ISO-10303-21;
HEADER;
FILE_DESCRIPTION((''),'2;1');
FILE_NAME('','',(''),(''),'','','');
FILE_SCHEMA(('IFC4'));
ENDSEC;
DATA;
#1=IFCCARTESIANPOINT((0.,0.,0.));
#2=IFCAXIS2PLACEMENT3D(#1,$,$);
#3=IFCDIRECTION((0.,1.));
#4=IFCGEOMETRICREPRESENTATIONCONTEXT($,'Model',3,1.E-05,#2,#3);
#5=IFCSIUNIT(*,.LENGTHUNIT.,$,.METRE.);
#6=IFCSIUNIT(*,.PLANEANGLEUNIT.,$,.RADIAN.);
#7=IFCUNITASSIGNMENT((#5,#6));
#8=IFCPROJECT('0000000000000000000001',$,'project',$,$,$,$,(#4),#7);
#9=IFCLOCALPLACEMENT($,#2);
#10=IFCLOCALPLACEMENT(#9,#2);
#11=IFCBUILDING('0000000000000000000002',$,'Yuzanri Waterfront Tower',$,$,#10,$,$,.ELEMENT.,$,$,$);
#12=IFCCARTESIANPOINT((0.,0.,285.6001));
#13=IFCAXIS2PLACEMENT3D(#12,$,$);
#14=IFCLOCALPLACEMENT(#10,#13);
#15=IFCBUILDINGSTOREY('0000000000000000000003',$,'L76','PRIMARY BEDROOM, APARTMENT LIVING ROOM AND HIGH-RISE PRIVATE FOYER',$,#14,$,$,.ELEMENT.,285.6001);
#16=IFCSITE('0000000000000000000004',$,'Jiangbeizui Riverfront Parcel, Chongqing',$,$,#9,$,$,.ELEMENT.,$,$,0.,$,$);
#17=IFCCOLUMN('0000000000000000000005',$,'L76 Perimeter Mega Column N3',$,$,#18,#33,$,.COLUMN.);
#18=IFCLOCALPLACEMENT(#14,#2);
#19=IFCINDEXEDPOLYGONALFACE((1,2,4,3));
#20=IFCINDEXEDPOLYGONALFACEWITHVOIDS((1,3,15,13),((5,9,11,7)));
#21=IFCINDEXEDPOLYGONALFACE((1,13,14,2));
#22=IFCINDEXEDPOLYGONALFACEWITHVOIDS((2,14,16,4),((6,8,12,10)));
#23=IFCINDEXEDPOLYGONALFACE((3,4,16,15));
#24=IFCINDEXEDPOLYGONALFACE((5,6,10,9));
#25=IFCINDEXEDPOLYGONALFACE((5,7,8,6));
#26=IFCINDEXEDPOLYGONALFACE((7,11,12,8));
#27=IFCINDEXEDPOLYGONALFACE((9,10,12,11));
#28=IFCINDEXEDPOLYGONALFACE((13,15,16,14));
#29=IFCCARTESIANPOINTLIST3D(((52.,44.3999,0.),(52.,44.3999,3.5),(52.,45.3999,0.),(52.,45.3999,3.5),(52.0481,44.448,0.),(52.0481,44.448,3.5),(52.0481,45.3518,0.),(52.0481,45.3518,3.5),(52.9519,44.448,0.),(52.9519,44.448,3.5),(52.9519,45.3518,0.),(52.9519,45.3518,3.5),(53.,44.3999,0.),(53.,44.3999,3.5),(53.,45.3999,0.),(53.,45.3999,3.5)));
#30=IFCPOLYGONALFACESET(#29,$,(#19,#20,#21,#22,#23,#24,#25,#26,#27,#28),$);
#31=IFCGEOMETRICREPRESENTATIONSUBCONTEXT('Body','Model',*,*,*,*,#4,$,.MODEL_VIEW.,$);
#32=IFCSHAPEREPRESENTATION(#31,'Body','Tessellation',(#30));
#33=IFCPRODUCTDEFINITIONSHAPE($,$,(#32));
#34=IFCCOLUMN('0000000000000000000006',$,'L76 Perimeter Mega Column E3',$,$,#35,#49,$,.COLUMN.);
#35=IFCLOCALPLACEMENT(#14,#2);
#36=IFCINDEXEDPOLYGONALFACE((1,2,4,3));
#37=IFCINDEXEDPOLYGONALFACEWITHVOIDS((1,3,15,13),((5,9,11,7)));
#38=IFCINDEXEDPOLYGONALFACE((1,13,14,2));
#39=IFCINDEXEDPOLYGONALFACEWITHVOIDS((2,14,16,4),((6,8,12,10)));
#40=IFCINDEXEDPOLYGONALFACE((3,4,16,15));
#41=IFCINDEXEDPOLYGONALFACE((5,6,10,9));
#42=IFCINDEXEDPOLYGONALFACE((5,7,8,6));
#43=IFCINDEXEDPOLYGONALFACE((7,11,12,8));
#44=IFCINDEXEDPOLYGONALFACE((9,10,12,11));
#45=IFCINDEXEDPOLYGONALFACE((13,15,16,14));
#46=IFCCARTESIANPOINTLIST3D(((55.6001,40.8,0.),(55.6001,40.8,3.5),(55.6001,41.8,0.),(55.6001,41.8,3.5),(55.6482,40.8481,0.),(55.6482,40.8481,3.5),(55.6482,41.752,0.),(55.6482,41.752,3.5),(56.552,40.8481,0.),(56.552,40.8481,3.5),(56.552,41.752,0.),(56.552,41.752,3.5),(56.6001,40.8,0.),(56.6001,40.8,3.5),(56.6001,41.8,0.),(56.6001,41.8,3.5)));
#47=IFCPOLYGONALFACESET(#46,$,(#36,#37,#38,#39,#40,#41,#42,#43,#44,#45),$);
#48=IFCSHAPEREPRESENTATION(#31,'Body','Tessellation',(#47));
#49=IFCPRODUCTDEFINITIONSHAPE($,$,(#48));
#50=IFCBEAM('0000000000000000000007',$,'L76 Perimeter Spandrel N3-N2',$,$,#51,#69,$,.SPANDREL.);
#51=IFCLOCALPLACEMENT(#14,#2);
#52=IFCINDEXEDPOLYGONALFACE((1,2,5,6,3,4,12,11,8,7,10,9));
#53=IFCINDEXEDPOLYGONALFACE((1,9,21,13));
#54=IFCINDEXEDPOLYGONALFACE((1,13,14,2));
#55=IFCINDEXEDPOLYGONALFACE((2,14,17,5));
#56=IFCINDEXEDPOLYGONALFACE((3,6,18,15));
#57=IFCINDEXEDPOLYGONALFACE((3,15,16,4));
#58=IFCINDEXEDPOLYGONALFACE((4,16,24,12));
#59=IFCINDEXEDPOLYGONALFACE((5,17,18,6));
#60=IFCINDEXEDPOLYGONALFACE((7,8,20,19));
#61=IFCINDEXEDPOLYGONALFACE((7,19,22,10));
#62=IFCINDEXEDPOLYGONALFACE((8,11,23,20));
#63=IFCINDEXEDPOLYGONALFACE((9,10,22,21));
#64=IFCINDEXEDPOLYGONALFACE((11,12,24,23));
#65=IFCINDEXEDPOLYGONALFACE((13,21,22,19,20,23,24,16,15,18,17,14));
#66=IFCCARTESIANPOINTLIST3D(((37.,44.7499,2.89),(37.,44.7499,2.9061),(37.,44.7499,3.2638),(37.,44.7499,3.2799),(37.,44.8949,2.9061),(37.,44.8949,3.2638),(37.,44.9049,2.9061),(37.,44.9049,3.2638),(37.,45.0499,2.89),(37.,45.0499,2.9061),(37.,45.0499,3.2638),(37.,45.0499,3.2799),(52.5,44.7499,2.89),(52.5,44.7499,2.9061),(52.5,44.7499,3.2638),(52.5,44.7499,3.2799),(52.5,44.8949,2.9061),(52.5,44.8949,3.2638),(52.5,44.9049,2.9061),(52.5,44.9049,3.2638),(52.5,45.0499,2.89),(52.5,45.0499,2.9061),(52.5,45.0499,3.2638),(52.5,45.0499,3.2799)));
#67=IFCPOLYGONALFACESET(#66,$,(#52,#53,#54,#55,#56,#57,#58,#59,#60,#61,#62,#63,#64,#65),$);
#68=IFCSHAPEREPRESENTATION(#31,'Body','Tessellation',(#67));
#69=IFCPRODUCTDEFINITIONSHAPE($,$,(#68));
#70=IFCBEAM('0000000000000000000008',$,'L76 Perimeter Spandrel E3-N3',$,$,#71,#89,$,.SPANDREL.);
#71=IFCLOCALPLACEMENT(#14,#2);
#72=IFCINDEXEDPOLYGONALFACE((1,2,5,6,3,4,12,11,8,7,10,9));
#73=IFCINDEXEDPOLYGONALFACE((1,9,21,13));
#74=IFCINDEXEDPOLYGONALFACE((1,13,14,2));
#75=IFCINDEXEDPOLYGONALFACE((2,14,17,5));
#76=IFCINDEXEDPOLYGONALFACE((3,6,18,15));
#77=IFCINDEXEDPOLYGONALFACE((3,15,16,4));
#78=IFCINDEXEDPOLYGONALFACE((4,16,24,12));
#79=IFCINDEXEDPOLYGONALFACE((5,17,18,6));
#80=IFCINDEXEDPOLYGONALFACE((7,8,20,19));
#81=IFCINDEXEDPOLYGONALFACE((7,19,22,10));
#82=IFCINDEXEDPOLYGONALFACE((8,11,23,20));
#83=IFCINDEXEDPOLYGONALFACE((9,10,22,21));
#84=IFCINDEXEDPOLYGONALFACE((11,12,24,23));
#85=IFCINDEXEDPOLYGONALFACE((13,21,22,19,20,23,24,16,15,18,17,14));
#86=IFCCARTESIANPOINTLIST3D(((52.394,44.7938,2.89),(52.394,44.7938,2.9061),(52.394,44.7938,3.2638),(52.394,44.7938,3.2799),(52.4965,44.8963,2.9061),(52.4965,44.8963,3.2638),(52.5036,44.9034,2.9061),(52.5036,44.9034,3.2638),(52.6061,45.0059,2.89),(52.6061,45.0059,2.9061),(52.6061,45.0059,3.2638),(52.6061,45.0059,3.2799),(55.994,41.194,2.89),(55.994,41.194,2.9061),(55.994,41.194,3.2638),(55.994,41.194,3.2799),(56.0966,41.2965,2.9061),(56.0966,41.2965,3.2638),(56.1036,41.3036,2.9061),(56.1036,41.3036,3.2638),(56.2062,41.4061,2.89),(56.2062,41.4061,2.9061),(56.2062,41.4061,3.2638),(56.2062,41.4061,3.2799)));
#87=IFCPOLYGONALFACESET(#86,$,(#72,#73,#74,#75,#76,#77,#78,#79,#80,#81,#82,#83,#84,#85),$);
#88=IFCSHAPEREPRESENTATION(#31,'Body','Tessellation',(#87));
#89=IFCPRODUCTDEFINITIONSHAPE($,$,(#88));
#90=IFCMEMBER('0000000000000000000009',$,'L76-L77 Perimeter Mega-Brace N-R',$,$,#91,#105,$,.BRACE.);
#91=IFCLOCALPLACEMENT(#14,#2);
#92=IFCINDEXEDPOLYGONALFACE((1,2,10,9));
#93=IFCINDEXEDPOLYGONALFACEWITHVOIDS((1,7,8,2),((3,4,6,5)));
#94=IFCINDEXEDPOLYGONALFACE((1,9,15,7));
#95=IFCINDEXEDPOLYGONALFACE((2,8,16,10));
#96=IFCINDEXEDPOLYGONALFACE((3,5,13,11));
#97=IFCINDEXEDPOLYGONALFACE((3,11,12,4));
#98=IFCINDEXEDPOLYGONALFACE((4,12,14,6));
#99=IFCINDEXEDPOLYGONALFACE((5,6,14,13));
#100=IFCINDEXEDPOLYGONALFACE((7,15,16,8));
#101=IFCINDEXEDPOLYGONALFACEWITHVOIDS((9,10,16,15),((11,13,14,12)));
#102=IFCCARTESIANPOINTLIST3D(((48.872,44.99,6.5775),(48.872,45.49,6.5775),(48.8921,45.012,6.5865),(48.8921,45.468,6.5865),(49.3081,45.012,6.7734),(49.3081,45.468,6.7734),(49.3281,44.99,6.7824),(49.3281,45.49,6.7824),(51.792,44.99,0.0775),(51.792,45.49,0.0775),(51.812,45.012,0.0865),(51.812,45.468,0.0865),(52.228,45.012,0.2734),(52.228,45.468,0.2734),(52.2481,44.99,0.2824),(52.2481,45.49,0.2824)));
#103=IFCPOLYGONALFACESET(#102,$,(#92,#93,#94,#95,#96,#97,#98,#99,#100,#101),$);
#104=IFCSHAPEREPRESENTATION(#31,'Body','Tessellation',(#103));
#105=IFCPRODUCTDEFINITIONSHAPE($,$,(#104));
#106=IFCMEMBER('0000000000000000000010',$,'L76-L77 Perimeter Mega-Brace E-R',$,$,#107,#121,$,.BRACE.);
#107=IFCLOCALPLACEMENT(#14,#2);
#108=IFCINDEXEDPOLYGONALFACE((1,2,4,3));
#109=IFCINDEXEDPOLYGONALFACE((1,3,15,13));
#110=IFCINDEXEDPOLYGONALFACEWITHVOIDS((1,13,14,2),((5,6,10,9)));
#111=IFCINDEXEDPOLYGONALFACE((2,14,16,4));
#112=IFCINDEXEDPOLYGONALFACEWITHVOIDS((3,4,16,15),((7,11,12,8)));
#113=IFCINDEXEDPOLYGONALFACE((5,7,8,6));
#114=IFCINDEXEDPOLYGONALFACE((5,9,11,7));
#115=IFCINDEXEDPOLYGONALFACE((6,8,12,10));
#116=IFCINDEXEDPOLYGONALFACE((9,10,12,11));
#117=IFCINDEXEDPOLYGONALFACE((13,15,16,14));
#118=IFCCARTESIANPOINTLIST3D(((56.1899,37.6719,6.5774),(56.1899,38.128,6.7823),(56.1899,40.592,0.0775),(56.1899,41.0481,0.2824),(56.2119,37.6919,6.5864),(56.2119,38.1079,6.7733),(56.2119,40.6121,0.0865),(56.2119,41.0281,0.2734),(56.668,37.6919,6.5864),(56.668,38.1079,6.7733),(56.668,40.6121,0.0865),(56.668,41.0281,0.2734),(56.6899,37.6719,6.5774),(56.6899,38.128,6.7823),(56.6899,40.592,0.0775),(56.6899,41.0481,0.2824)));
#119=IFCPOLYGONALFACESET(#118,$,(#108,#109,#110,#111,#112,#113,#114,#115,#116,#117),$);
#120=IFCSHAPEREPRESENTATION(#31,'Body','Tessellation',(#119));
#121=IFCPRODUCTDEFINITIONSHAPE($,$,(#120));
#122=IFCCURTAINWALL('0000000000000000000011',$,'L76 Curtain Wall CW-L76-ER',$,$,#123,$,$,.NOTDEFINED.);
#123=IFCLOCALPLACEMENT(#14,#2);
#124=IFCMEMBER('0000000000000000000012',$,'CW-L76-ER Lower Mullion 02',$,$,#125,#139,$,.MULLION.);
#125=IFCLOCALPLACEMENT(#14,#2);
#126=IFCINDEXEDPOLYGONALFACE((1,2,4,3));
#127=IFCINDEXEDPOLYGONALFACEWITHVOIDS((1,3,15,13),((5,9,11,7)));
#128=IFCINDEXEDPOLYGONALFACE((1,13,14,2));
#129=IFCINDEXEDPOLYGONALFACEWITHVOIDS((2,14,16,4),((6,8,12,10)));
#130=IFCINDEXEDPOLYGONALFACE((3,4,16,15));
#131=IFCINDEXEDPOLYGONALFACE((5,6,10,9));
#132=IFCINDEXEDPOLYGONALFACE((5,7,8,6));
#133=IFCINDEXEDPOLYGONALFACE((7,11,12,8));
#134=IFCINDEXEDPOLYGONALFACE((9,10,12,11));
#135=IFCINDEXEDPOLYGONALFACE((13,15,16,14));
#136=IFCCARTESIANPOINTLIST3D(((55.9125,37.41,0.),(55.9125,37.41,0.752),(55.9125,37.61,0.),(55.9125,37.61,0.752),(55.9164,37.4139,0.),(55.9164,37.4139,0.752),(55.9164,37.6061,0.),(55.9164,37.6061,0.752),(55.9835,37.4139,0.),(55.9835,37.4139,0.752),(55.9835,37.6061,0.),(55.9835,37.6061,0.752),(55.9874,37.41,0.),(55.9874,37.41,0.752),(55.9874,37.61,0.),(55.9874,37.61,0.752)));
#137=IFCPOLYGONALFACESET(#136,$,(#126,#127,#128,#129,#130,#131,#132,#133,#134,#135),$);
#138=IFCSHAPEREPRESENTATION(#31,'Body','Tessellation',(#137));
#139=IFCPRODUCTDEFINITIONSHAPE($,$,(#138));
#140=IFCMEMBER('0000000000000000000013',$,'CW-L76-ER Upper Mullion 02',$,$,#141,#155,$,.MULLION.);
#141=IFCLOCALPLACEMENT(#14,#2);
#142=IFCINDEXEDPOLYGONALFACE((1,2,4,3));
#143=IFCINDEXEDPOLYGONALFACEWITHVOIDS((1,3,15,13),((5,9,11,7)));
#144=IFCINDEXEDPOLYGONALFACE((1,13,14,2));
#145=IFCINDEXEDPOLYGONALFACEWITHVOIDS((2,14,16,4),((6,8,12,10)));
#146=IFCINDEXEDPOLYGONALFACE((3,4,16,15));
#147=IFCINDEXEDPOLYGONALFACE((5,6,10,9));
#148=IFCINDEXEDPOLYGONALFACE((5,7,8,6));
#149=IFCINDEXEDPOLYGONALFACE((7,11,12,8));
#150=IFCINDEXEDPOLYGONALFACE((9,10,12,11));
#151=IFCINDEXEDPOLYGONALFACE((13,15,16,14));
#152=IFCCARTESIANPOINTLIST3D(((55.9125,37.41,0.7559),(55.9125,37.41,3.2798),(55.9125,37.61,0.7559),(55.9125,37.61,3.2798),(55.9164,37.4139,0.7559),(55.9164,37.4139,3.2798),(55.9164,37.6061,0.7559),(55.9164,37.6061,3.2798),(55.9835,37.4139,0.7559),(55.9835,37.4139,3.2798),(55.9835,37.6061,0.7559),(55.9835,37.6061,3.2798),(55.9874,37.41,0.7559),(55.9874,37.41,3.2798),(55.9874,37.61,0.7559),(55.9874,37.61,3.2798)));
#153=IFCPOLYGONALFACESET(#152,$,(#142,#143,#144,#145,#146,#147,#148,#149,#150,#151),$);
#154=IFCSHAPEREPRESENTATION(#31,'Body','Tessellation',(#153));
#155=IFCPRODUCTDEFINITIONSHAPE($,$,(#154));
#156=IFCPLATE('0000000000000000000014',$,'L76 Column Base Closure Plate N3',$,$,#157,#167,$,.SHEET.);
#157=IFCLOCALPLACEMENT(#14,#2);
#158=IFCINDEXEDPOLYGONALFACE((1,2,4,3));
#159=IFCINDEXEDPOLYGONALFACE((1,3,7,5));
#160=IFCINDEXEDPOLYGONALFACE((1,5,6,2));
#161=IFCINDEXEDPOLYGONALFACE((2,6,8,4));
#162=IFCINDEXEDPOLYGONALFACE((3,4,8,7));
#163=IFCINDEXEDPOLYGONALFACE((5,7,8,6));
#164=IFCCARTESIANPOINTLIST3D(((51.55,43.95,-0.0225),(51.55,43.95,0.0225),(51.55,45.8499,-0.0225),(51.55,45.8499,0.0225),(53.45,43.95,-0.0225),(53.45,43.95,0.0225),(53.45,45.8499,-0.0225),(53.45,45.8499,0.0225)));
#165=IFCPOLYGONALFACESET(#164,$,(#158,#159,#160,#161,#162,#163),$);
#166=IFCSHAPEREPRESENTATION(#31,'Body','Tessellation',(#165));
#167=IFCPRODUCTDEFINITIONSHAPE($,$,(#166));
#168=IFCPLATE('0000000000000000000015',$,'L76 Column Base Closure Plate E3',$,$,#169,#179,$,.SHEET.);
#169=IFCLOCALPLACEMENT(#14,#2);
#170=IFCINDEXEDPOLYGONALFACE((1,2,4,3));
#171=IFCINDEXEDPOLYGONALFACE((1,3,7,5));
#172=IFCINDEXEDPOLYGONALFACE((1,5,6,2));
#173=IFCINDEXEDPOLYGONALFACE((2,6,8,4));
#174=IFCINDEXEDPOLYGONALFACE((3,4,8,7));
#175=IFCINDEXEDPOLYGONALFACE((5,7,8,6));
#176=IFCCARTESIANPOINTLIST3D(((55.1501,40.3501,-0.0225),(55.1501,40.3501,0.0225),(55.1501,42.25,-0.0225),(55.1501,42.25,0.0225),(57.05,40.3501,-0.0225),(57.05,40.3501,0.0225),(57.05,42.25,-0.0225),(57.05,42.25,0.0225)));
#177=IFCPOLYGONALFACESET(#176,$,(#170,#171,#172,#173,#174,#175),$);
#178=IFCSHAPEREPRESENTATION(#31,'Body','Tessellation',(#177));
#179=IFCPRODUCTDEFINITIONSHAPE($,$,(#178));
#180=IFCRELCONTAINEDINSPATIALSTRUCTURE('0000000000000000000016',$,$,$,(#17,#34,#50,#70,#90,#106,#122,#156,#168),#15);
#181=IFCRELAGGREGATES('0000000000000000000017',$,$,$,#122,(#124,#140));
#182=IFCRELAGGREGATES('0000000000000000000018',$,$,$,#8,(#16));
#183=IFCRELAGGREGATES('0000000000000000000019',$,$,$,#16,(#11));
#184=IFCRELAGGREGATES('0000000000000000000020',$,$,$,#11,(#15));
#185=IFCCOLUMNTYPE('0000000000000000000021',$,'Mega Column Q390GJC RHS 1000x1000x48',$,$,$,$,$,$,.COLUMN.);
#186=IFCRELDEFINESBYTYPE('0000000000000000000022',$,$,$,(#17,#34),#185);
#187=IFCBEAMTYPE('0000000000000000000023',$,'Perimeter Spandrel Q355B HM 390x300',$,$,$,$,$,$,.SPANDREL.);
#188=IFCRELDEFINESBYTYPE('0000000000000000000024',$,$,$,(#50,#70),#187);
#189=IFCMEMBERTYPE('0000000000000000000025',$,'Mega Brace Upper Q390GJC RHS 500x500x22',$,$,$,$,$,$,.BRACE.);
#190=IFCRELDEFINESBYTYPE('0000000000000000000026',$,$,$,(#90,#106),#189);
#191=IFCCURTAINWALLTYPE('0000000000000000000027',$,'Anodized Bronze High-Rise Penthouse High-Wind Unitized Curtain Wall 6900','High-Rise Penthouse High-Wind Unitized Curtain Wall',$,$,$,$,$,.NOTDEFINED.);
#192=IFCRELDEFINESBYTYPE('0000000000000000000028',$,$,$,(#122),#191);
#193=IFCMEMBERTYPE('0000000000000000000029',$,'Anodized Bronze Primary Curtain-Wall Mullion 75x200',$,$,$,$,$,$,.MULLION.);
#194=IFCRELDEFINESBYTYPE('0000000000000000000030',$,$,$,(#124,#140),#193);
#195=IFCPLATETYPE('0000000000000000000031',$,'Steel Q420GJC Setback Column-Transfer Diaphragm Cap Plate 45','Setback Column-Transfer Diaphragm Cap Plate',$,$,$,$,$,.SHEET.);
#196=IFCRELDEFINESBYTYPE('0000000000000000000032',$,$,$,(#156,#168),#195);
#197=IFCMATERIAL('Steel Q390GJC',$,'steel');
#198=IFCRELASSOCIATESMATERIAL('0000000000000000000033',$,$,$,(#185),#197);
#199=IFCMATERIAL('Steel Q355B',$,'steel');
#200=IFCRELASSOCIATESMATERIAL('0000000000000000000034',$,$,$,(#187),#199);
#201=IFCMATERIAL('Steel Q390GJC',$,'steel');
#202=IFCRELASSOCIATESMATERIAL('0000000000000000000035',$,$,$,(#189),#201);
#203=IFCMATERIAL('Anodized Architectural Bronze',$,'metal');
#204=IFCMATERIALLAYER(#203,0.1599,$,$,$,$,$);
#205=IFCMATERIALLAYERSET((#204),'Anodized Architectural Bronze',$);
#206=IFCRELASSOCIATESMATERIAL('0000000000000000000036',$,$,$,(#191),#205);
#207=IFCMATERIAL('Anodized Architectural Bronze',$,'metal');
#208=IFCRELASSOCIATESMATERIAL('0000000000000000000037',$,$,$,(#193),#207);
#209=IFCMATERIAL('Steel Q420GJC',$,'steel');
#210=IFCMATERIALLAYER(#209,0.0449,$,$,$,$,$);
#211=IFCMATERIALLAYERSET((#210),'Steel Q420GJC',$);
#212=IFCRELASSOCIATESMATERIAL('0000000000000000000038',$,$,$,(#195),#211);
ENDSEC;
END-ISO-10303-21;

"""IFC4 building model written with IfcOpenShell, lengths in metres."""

from ifc_helpers import new_model, si_unit, direction, frame, origin, origin_2d, place, context, subcontext, project, spatial, rectangle, hollow_rectangle, i_section, extrude, source, transform, mapped, material, layer, layer_set, material_profile, profile_set, type_object, element, aggregate, save


model = new_model("IFC4")

# Units and contexts
model_context = context("Model", 3, precision=1e-05, world=origin(), true_north=direction((0.0, 1.0)))
body_context = subcontext(model_context, "Body", "Model", "MODEL_VIEW")
ifc_project = project(units=[si_unit("LENGTHUNIT", "METRE"), si_unit("PLANEANGLEUNIT", "RADIAN")], contexts=[model_context])

# Site, building, storey
site_placement = place(None, origin())
site = spatial("IfcSite", under=ifc_project, at=site_placement, Name="Jiangbeizui Riverfront Parcel, Chongqing", CompositionType="ELEMENT", RefElevation=0.0)
building_placement = place(site_placement, origin())
building = spatial("IfcBuilding", under=site, at=building_placement, Name="Yuzanri Waterfront Tower", CompositionType="ELEMENT")
storey_placement = place(building_placement, frame((0.0, 0.0, 285.6001)))
storey = spatial("IfcBuildingStorey", under=building, at=storey_placement, Name="L76", Description="PRIMARY BEDROOM, APARTMENT LIVING ROOM AND HIGH-RISE PRIVATE FOYER", CompositionType="ELEMENT", Elevation=285.6001)

# Columns
ifc_material_1 = material(Name="Steel Q390GJC", Category="steel")
ifc_material_profile_1 = material_profile(ifc_material_1, hollow_rectangle(XDim=1.0, YDim=1.0, WallThickness=0.0481, at=origin_2d()), Name="RHS 1000x1000x48")
ifc_profile_set_1 = profile_set([ifc_material_profile_1], Name="Steel Q390GJC")
column_type = type_object("IfcColumnType", Name="Mega Column Q390GJC RHS 1000x1000x48", PredefinedType="COLUMN", material=ifc_profile_set_1)
shared_shape_1 = source(origin(), body_context, "Body", "SweptSolid", [
    extrude(hollow_rectangle(XDim=1.0, YDim=1.0, WallThickness=0.0481, at=origin_2d()), origin(), (0.0, 0.0, 1.0), 3.5),
])
for number, where, z_axis, x_axis, name in (
    (1, (52.5, 44.8999, 0.0), (0.0, 0.0, 1.0), (1.0, 0.0, 0.0), "L76 Perimeter Mega Column N3"),
    (2, (56.1001, 41.3, 0.0), (0.0, 0.0, 1.0), (1.0, 0.0, 0.0), "L76 Perimeter Mega Column E3"),
):
    element("IfcColumn", number, at=place(storey_placement, frame(where, z_axis=z_axis, x_axis=x_axis)), inside=storey, type_object=column_type, Name=name, PredefinedType="COLUMN", context=body_context, shape_type="MappedRepresentation", body=[
        mapped(shared_shape_1, transform((0.0, 0.0, 0.0), scale=1.0)),
    ])

# Beams
ifc_material_2 = material(Name="Steel Q355B", Category="steel")
ifc_material_profile_2 = material_profile(ifc_material_2, i_section(OverallWidth=0.3, OverallDepth=0.3899, WebThickness=0.01, FlangeThickness=0.0161, at=origin_2d()), Name="HM 390x300x10x16")
ifc_profile_set_2 = profile_set([ifc_material_profile_2], Name="Steel Q355B")
beam_type = type_object("IfcBeamType", Name="Perimeter Spandrel Q355B HM 390x300", PredefinedType="SPANDREL", material=ifc_profile_set_2)
shared_shape_2 = source(origin(), body_context, "Body", "SweptSolid", [
    extrude(i_section(OverallWidth=0.3, OverallDepth=0.3899, WebThickness=0.01, FlangeThickness=0.0161, at=origin_2d()), origin(), (0.0, 0.0, 1.0), 15.5),
])
beam_1_placement = place(storey_placement, frame((52.5, 44.8999, 3.085), z_axis=(-1.0, 0.0, 0.0), x_axis=(0.0, -1.0, 0.0)))
element("IfcBeam", 3, at=beam_1_placement, inside=storey, type_object=beam_type, Name="L76 Perimeter Spandrel N3-N2", PredefinedType="SPANDREL", context=body_context, shape_type="MappedRepresentation", body=[
    mapped(shared_shape_2, transform((0.0, 0.0, 0.0), scale=1.0)),
])
shared_shape_3 = source(origin(), body_context, "Body", "SweptSolid", [
    extrude(i_section(OverallWidth=0.3, OverallDepth=0.3899, WebThickness=0.01, FlangeThickness=0.0161, at=origin_2d()), origin(), (0.0, 0.0, 1.0), 5.0911),
])
beam_2_placement = place(storey_placement, frame((56.1001, 41.3, 3.085), z_axis=(-0.707131, 0.707083, 0.0), x_axis=(-0.707083, -0.707131, 0.0)))
element("IfcBeam", 4, at=beam_2_placement, inside=storey, type_object=beam_type, Name="L76 Perimeter Spandrel E3-N3", PredefinedType="SPANDREL", context=body_context, shape_type="MappedRepresentation", body=[
    mapped(shared_shape_3, transform((0.0, 0.0, 0.0), scale=1.0)),
])

# Members
ifc_material_3 = material(Name="Steel Q390GJC", Category="steel")
ifc_material_profile_3 = material_profile(ifc_material_3, hollow_rectangle(XDim=0.5, YDim=0.5, WallThickness=0.022, at=origin_2d()), Name="RHS 500x500x22")
ifc_profile_set_3 = profile_set([ifc_material_profile_3], Name="Steel Q390GJC")
member_type_1 = type_object("IfcMemberType", Name="Mega Brace Upper Q390GJC RHS 500x500x22", PredefinedType="BRACE", material=ifc_profile_set_3)
shared_shape_4 = source(origin(), body_context, "Body", "SweptSolid", [
    extrude(hollow_rectangle(XDim=0.5, YDim=0.5, WallThickness=0.022, at=origin_2d()), origin(), (0.0, 0.0, 1.0), 7.1257),
])
for number, where, z_axis, x_axis, name in (
    (5, (52.02, 45.24, 0.1799), (-0.409772, 0.0, 0.912188), (0.0, -1.0, 0.0), "L76-L77 Perimeter Mega-Brace N-R"),
    (6, (56.4399, 40.8201, 0.1799), (0.0, -0.4098, 0.912175), (1.0, 0.0, 0.0), "L76-L77 Perimeter Mega-Brace E-R"),
):
    element("IfcMember", number, at=place(storey_placement, frame(where, z_axis=z_axis, x_axis=x_axis)), inside=storey, type_object=member_type_1, Name=name, PredefinedType="BRACE", context=body_context, shape_type="MappedRepresentation", body=[
        mapped(shared_shape_4, transform((0.0, 0.0, 0.0), scale=1.0)),
    ])

# Curtain wall, members
ifc_material_4 = material(Name="Anodized Architectural Bronze", Category="metal")
ifc_layer_1 = layer(ifc_material_4, 0.1599)
ifc_layer_set_1 = layer_set([ifc_layer_1], Name="Anodized Architectural Bronze")
curtain_wall_type = type_object("IfcCurtainWallType", Name="Anodized Bronze High-Rise Penthouse High-Wind Unitized Curtain Wall 6900", Description="High-Rise Penthouse High-Wind Unitized Curtain Wall", PredefinedType="NOTDEFINED", material=ifc_layer_set_1)
curtain_wall_placement = place(storey_placement, origin())
curtain_wall = element("IfcCurtainWall", 7, at=curtain_wall_placement, inside=storey, type_object=curtain_wall_type, Name="L76 Curtain Wall CW-L76-ER", PredefinedType="NOTDEFINED")
ifc_material_5 = material(Name="Anodized Architectural Bronze", Category="metal")
ifc_material_profile_4 = material_profile(ifc_material_5, hollow_rectangle(XDim=0.075, YDim=0.2, WallThickness=0.0039, at=origin_2d()), Name="CWM 75x200")
ifc_profile_set_4 = profile_set([ifc_material_profile_4], Name="Anodized Architectural Bronze")
member_type_2 = type_object("IfcMemberType", Name="Anodized Bronze Primary Curtain-Wall Mullion 75x200", PredefinedType="MULLION", material=ifc_profile_set_4)
shared_shape_5 = source(origin(), body_context, "Body", "SweptSolid", [
    extrude(hollow_rectangle(XDim=0.075, YDim=0.2, WallThickness=0.0039, at=origin_2d()), origin(), (0.0, 0.0, 1.0), 0.752),
])
member_1_placement = place(storey_placement, frame((55.95, 37.51, 0.0), z_axis=(0.0, 0.0, 1.0), x_axis=(1.0, 0.0, 0.0)))
member_1 = element("IfcMember", 8, at=member_1_placement, type_object=member_type_2, Name="CW-L76-ER Lower Mullion 02", PredefinedType="MULLION", context=body_context, shape_type="MappedRepresentation", body=[
    mapped(shared_shape_5, transform((0.0, 0.0, 0.0), scale=1.0)),
])
shared_shape_6 = source(origin(), body_context, "Body", "SweptSolid", [
    extrude(hollow_rectangle(XDim=0.075, YDim=0.2, WallThickness=0.0039, at=origin_2d()), origin(), (0.0, 0.0, 1.0), 2.5239),
])
member_2_placement = place(storey_placement, frame((55.95, 37.51, 0.7559), z_axis=(0.0, 0.0, 1.0), x_axis=(1.0, 0.0, 0.0)))
member_2 = element("IfcMember", 9, at=member_2_placement, type_object=member_type_2, Name="CW-L76-ER Upper Mullion 02", PredefinedType="MULLION", context=body_context, shape_type="MappedRepresentation", body=[
    mapped(shared_shape_6, transform((0.0, 0.0, 0.0), scale=1.0)),
])

# Plates
ifc_material_6 = material(Name="Steel Q420GJC", Category="steel")
ifc_layer_2 = layer(ifc_material_6, 0.0449)
ifc_layer_set_2 = layer_set([ifc_layer_2], Name="Steel Q420GJC")
plate_type_1 = type_object("IfcPlateType", Name="Steel Q420GJC Setback Column-Transfer Diaphragm Cap Plate 45", Description="Setback Column-Transfer Diaphragm Cap Plate", PredefinedType="SHEET", material=ifc_layer_set_2)
shared_shape_7 = source(origin(), body_context, "Body", "SweptSolid", [
    extrude(rectangle(XDim=1.8999, YDim=1.8999, at=origin_2d()), origin(), (0.0, 0.0, 1.0), 0.0449),
])
for number, where, z_axis, x_axis, name in (
    (10, (52.5, 44.8999, -0.0225), (0.0, 0.0, 1.0), (1.0, 0.0, 0.0), "L76 Column Base Closure Plate N3"),
    (11, (56.1001, 41.3, -0.0225), (0.0, 0.0, 1.0), (1.0, 0.0, 0.0), "L76 Column Base Closure Plate E3"),
):
    element("IfcPlate", number, at=place(storey_placement, frame(where, z_axis=z_axis, x_axis=x_axis)), inside=storey, type_object=plate_type_1, Name=name, PredefinedType="SHEET", context=body_context, shape_type="MappedRepresentation", body=[
        mapped(shared_shape_7, transform((0.0, 0.0, 0.0), scale=1.0)),
    ])

aggregate(curtain_wall, [member_1, member_2])

save(model, "model.ifc")
